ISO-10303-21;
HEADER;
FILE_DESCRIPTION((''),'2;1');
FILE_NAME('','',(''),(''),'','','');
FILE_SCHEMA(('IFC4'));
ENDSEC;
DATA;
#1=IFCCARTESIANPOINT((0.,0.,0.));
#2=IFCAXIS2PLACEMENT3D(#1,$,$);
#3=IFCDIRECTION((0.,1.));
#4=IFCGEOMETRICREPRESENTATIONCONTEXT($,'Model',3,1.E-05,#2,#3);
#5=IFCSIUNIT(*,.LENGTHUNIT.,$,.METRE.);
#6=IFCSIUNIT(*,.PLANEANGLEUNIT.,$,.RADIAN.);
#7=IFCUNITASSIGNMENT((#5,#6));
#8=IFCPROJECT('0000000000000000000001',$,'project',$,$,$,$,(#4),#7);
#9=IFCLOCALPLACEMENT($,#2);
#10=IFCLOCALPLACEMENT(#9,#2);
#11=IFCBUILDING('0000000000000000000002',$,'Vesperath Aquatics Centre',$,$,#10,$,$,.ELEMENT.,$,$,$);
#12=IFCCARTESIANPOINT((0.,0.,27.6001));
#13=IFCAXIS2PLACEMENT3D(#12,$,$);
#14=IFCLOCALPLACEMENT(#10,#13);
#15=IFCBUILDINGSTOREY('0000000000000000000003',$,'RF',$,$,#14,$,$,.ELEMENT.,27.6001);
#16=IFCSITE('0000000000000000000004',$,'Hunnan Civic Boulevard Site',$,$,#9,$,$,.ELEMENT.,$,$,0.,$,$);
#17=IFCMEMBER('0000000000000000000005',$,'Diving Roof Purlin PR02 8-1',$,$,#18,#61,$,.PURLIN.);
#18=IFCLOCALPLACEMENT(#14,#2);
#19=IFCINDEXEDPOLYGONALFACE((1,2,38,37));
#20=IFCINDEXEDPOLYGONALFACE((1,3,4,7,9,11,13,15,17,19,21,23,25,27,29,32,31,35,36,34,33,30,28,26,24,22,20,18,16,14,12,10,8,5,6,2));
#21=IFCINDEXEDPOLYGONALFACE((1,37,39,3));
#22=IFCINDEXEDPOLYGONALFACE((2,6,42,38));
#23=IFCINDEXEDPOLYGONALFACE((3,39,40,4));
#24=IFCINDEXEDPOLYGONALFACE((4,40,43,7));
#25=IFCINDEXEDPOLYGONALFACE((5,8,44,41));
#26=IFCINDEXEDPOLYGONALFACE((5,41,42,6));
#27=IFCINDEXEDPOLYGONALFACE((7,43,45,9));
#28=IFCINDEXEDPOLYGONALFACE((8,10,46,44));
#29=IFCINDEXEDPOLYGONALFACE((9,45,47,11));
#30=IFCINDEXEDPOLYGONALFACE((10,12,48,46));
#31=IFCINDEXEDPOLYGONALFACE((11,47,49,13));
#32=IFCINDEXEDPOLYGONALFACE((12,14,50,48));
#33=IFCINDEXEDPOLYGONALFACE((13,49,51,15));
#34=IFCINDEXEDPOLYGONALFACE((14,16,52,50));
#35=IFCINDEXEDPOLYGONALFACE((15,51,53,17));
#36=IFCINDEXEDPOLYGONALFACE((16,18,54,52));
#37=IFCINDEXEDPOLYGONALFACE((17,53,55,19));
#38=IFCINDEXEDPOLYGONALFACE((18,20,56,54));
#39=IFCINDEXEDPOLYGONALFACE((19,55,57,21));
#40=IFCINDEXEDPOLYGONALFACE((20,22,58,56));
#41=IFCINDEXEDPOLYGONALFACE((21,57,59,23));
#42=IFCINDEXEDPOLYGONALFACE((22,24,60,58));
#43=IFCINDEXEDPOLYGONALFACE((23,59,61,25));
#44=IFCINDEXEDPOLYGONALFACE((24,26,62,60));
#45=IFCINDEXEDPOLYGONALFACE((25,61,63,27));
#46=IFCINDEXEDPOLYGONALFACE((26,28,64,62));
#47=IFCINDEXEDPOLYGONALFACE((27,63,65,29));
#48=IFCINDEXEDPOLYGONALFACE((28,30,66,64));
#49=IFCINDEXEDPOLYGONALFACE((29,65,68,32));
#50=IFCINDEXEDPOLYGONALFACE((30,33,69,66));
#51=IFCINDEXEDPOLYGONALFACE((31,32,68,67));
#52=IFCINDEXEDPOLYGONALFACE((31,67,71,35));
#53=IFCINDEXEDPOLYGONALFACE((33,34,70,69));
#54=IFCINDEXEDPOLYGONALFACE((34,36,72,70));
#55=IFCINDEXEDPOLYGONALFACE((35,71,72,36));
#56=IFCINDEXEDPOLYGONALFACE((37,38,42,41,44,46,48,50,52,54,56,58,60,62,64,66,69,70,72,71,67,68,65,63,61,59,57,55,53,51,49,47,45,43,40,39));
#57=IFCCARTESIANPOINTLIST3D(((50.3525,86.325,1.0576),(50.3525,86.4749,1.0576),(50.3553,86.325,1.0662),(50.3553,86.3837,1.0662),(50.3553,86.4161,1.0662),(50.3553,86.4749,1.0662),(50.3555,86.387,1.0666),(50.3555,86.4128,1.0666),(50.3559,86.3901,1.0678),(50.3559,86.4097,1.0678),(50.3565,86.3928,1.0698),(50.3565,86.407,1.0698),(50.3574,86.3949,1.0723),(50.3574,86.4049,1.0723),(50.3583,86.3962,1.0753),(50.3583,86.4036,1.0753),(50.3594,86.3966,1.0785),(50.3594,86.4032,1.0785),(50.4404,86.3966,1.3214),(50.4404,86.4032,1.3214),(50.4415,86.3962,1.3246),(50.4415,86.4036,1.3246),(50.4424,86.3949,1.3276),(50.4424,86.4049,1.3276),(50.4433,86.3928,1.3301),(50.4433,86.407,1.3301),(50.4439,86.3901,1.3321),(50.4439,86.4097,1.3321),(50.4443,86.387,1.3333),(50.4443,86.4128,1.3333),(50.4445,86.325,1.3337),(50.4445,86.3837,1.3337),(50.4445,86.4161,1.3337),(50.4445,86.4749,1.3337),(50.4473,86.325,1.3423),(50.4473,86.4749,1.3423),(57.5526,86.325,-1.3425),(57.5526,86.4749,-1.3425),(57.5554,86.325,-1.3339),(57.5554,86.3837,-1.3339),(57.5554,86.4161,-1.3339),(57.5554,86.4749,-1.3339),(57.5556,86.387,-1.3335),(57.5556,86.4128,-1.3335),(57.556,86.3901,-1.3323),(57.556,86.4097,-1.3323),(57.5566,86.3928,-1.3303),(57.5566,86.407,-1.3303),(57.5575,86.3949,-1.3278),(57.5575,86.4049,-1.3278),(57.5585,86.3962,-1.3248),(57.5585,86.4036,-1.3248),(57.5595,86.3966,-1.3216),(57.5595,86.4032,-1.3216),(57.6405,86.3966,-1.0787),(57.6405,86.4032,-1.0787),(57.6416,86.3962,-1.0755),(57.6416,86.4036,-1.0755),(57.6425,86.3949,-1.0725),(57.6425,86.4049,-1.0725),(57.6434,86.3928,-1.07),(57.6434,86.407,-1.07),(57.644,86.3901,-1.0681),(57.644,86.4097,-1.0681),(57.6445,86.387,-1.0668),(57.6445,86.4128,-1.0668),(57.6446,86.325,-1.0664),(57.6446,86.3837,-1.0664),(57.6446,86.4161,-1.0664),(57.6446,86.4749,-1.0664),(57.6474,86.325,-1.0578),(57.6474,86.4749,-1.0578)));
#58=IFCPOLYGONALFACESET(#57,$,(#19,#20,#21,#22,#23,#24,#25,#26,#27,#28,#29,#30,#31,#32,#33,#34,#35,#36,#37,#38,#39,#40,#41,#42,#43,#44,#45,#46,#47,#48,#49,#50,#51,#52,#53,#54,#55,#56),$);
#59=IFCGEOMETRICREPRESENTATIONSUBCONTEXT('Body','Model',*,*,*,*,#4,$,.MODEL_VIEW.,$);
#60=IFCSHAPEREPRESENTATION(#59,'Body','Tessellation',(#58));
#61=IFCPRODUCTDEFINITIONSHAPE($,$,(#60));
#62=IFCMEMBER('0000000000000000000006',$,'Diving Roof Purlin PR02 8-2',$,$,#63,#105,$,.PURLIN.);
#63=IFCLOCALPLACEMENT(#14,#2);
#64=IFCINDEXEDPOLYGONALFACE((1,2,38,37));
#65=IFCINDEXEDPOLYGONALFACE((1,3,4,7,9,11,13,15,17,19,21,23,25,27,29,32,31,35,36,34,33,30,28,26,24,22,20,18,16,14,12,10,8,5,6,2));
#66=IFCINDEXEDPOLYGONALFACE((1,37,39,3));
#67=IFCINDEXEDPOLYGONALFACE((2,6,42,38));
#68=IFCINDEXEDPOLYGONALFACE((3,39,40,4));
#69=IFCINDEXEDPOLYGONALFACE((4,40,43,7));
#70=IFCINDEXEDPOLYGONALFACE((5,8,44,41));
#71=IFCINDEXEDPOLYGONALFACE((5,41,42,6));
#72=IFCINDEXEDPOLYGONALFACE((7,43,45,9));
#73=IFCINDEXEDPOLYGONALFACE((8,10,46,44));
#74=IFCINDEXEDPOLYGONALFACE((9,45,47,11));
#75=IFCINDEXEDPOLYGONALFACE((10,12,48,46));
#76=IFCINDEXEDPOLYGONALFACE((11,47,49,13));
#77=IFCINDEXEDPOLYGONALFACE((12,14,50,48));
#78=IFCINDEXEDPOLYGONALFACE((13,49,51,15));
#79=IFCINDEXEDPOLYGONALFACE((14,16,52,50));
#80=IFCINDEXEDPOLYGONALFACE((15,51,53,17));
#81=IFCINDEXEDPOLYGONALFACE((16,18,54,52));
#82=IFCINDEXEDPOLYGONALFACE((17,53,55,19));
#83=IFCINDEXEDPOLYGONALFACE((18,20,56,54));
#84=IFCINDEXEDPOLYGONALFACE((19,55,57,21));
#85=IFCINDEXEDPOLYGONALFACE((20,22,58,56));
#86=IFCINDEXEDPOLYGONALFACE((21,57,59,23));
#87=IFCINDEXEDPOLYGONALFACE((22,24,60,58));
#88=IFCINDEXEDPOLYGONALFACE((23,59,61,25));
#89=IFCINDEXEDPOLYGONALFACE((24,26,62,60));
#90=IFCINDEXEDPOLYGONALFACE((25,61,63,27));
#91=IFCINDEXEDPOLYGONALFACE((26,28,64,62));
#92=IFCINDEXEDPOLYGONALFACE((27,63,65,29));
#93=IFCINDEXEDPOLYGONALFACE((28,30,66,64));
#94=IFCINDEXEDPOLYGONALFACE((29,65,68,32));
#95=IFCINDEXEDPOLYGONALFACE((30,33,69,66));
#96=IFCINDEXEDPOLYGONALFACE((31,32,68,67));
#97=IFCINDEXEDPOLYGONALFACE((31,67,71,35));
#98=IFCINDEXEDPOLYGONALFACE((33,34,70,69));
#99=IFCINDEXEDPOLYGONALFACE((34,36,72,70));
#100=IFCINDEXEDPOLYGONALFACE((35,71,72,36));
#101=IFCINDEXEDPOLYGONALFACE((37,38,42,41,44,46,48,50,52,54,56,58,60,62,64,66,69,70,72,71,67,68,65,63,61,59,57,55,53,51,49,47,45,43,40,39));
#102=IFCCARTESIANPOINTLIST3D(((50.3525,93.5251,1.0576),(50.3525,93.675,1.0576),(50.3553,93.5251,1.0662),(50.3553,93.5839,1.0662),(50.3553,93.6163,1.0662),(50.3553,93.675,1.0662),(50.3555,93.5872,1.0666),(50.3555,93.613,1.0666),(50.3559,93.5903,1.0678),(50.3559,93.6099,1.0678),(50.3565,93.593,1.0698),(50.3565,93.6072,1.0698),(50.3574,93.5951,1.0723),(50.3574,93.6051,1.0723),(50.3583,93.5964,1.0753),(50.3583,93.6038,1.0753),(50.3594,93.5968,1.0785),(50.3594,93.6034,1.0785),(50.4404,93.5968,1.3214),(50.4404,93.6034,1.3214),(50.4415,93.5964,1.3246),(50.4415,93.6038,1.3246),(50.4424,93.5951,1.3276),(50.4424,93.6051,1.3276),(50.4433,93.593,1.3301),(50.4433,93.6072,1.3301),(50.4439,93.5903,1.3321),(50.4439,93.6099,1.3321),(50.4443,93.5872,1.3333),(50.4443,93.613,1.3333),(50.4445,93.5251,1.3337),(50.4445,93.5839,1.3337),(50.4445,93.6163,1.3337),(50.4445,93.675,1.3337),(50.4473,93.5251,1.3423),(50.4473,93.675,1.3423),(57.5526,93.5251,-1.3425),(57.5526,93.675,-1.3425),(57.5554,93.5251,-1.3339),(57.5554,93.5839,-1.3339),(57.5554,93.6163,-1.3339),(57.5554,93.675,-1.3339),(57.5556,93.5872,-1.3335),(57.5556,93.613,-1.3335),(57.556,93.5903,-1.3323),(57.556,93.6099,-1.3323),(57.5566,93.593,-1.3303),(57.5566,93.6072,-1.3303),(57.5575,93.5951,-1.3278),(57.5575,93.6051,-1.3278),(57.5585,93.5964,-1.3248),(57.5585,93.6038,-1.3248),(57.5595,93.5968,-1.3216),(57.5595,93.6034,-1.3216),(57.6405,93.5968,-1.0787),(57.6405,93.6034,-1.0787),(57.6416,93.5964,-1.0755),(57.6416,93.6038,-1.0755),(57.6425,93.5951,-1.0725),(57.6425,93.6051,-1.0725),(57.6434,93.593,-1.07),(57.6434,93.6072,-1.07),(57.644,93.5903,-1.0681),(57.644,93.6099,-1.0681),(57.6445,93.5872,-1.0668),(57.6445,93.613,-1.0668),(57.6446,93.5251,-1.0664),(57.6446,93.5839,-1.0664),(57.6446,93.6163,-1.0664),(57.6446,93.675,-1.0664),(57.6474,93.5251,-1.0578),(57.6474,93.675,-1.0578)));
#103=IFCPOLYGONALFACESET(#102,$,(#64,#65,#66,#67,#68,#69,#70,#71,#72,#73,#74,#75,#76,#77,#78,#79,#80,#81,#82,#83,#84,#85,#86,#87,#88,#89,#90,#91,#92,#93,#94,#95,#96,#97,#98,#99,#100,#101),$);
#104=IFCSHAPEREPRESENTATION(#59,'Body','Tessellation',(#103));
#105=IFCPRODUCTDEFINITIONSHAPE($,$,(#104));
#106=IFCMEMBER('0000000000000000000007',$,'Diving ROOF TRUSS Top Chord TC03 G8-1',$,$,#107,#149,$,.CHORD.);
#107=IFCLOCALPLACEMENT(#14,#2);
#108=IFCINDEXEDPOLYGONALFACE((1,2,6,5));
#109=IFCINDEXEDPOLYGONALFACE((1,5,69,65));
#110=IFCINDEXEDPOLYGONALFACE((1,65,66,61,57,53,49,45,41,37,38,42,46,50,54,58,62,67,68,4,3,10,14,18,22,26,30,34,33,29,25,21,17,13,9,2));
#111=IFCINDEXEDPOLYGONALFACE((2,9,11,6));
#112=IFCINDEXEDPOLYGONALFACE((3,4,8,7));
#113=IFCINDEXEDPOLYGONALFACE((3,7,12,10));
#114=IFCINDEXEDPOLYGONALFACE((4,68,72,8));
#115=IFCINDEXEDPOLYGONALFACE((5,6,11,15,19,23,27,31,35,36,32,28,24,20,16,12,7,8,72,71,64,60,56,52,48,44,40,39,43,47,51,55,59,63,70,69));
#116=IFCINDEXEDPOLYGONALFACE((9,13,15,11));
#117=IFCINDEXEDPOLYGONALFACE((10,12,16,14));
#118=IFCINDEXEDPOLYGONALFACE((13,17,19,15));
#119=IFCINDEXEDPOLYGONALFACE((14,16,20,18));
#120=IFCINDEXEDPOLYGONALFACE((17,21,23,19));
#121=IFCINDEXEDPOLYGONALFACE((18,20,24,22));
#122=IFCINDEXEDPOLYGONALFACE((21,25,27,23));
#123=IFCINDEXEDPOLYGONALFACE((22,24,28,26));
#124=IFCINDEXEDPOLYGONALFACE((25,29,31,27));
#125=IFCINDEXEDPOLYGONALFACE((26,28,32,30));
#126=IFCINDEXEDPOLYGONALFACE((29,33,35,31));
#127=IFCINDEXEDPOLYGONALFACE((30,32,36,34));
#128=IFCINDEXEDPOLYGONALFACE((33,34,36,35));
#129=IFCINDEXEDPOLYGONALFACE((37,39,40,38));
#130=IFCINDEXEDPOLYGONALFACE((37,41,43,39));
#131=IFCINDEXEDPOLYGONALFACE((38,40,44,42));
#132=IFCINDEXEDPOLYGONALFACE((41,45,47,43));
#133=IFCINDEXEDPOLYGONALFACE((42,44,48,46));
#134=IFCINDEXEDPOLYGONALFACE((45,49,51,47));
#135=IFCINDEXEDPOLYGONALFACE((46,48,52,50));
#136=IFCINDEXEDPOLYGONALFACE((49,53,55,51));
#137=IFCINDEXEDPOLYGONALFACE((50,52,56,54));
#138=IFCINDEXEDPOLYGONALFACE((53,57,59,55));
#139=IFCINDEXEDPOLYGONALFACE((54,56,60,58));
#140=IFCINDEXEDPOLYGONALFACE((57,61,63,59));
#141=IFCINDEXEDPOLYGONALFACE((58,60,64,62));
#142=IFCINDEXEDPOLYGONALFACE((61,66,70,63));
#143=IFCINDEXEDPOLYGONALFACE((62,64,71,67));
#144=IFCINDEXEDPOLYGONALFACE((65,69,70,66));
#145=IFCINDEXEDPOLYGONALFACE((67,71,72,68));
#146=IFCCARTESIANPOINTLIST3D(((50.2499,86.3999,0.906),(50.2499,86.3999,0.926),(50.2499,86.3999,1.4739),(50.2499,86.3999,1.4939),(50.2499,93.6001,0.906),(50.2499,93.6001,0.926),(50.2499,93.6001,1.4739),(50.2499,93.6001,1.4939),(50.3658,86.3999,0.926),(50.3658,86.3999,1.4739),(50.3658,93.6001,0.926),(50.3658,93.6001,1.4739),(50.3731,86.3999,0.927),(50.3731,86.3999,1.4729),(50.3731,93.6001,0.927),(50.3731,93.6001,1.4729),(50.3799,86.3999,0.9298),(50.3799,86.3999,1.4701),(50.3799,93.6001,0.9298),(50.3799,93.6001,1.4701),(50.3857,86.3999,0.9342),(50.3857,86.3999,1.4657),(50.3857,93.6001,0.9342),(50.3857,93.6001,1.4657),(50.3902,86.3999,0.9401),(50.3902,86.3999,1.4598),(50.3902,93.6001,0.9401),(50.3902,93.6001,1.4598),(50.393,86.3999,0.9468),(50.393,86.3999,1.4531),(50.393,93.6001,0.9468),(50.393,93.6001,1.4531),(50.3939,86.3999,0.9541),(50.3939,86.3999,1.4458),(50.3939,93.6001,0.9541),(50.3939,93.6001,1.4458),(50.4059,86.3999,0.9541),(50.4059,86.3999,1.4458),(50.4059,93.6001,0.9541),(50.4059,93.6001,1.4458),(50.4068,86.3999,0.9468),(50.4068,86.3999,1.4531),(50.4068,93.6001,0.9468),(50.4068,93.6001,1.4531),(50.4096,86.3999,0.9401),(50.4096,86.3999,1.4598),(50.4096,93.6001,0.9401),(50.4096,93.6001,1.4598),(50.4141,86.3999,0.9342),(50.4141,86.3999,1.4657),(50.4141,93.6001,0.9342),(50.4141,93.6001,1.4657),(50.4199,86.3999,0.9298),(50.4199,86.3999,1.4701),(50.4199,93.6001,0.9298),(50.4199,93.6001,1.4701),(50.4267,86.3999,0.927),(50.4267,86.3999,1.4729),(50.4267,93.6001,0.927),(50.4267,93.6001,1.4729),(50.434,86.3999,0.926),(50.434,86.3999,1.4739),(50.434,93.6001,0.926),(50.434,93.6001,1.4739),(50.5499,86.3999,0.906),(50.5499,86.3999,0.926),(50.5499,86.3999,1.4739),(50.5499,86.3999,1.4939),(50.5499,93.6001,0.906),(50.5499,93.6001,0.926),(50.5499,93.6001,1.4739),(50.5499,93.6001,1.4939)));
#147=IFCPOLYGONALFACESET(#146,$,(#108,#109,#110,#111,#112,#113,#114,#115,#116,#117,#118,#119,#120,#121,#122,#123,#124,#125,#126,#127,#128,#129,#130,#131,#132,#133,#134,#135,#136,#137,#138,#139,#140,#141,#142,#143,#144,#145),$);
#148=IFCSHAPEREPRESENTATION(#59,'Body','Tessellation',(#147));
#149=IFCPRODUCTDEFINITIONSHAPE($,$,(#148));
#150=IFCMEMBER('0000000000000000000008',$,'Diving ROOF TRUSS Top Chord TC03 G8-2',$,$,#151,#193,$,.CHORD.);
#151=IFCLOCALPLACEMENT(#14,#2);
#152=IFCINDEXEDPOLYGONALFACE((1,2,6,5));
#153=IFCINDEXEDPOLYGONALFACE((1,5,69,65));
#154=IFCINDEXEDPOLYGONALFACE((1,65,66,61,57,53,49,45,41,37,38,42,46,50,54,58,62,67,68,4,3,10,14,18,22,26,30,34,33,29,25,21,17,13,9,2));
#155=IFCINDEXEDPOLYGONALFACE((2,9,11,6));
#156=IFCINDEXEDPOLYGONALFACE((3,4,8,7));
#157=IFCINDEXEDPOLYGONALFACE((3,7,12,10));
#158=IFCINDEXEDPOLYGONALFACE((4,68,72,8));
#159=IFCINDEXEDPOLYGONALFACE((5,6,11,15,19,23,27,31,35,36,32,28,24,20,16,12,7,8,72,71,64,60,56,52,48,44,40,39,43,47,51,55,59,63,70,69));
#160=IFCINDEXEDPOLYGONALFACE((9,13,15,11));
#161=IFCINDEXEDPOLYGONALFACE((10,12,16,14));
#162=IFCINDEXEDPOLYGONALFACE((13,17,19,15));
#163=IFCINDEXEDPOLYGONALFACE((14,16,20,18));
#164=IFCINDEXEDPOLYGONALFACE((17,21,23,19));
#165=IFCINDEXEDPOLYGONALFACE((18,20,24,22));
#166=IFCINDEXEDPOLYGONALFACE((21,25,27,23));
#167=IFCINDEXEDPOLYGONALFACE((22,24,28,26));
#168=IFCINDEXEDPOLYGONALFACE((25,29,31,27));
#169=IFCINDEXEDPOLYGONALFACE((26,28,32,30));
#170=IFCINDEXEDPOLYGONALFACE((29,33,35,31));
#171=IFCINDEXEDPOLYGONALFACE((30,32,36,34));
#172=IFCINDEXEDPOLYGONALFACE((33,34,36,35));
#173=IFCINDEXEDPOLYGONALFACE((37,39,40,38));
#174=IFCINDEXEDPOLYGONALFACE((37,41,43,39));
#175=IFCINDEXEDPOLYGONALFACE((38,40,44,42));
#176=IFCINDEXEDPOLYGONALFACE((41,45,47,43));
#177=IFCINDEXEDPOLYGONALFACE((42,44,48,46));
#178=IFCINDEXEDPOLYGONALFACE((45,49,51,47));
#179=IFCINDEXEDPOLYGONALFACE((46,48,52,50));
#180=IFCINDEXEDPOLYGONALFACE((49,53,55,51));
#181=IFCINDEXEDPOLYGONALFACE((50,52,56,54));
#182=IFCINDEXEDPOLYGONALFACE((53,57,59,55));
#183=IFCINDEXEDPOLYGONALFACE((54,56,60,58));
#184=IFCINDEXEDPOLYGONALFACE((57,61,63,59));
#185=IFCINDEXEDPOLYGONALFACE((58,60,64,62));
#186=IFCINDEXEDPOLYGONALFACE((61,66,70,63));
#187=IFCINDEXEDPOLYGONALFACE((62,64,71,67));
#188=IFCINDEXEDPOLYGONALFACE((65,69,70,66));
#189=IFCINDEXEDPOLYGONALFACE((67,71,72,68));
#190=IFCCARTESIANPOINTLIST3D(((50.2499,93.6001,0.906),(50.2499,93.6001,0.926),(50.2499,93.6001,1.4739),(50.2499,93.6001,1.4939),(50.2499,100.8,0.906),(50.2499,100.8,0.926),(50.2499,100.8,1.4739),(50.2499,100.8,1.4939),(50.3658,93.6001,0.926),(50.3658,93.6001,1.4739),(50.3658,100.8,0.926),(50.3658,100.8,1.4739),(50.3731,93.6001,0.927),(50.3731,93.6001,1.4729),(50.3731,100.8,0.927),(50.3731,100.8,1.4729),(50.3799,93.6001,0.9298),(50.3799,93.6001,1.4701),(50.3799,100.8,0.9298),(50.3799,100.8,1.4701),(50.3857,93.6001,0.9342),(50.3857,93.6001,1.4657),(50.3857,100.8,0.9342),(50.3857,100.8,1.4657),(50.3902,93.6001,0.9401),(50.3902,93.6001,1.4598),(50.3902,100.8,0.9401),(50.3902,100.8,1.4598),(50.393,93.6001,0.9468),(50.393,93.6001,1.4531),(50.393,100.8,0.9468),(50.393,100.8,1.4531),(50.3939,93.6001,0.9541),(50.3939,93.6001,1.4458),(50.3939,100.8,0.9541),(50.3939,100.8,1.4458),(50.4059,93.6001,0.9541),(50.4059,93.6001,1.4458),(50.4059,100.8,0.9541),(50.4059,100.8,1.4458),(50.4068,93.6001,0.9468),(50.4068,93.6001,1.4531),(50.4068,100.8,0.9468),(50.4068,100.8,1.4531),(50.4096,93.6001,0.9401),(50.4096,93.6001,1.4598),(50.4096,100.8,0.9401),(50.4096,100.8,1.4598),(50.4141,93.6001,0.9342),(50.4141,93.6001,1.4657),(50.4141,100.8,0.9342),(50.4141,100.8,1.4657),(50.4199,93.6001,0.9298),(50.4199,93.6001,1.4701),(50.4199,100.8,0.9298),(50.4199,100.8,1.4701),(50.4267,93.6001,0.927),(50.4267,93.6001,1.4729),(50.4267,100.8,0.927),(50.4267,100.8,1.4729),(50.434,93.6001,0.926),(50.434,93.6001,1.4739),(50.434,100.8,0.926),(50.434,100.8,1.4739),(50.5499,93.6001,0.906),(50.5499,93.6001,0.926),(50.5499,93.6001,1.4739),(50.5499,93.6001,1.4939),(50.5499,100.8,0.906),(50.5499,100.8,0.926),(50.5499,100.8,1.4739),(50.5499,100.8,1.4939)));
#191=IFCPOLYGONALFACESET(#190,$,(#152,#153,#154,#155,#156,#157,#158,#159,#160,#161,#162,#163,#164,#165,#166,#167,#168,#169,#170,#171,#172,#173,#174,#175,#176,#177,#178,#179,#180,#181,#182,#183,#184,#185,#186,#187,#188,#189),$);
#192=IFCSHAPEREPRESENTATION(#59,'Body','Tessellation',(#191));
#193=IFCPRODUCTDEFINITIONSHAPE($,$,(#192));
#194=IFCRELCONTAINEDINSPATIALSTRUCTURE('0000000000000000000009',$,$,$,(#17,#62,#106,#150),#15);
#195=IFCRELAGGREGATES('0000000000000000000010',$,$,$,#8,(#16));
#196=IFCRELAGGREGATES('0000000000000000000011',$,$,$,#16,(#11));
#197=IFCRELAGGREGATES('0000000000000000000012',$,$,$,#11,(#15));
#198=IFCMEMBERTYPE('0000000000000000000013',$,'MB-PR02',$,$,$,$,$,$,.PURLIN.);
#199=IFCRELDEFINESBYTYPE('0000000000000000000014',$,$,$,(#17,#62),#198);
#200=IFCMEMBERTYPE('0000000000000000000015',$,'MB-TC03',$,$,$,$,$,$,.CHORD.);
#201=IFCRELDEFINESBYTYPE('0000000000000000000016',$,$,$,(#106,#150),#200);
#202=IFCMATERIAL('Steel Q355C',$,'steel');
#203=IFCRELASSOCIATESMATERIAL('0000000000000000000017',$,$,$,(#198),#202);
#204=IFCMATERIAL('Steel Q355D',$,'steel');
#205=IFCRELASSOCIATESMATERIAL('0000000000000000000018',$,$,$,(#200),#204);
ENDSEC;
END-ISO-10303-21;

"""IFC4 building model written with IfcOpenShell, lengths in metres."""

from ifc_helpers import new_model, si_unit, direction, frame, origin, origin_2d, place, context, subcontext, project, spatial, i_section, extrude, material, material_profile, profile_set, type_object, element, save


model = new_model("IFC4")

# Units and contexts
model_context = context("Model", 3, precision=1e-05, world=origin(), true_north=direction((0.0, 1.0)))
body_context = subcontext(model_context, "Body", "Model", "MODEL_VIEW")
ifc_project = project(units=[si_unit("LENGTHUNIT", "METRE"), si_unit("PLANEANGLEUNIT", "RADIAN")], contexts=[model_context])

# Site, building, storey
site_placement = place(None, origin())
site = spatial("IfcSite", under=ifc_project, at=site_placement, Name="Hunnan Civic Boulevard Site", CompositionType="ELEMENT", RefElevation=0.0)
building_placement = place(site_placement, origin())
building = spatial("IfcBuilding", under=site, at=building_placement, Name="Vesperath Aquatics Centre", CompositionType="ELEMENT")
storey_placement = place(building_placement, frame((0.0, 0.0, 27.6001)))
storey = spatial("IfcBuildingStorey", under=building, at=storey_placement, Name="RF", CompositionType="ELEMENT", Elevation=27.6001)

# Shared definitions
ifc_material_1 = material(Name="Steel Q355C", Category="steel")

# Members
ifc_material_2 = material(Name="Steel Q355D", Category="steel")
ifc_material_profile_1 = material_profile(ifc_material_1, i_section(OverallWidth=0.1499, OverallDepth=0.3, WebThickness=0.0066, FlangeThickness=0.009, FilletRadius=0.0129, at=origin_2d()), Name="HN 300x150x6.5x9")
ifc_profile_set_1 = profile_set([ifc_material_profile_1], Name="Steel Q355C")
member_type_1 = type_object("IfcMemberType", Name="MB-PR02", PredefinedType="PURLIN", material=ifc_profile_set_1)
for number, where, z_axis, x_axis, name in (
    (1, (50.3999, 86.3999, 1.2), (0.94868, 0.0, -0.316237), (0.0, 1.0, 0.0), "Diving Roof Purlin PR02 8-1"),
    (2, (50.3999, 93.6001, 1.2), (0.94868, 0.0, -0.316237), (0.0, 1.0, 0.0), "Diving Roof Purlin PR02 8-2"),
):
    element("IfcMember", number, at=place(storey_placement, frame(where, z_axis=z_axis, x_axis=x_axis)), inside=storey, type_object=member_type_1, Name=name, PredefinedType="PURLIN", context=body_context, shape_type="SweptSolid", body=[
        extrude(i_section(OverallWidth=0.1499, OverallDepth=0.3, WebThickness=0.0066, FlangeThickness=0.009, FilletRadius=0.0129, at=origin_2d()), origin(), (0.0, 0.0, 1.0), 7.5896),
    ])
ifc_material_profile_2 = material_profile(ifc_material_2, i_section(OverallWidth=0.3, OverallDepth=0.5879, WebThickness=0.012, FlangeThickness=0.02, FilletRadius=0.0281, at=origin_2d()), Name="HM 588x300x12x20")
ifc_profile_set_2 = profile_set([ifc_material_profile_2], Name="Steel Q355D")
member_type_2 = type_object("IfcMemberType", Name="MB-TC03", PredefinedType="CHORD", material=ifc_profile_set_2)
member_1_placement = place(storey_placement, frame((50.3999, 86.3999, 1.2), z_axis=(0.0, 1.0, 0.0), x_axis=(-1.0, 0.0, 0.0)))
element("IfcMember", 3, at=member_1_placement, inside=storey, type_object=member_type_2, Name="Diving ROOF TRUSS Top Chord TC03 G8-1", PredefinedType="CHORD", context=body_context, shape_type="SweptSolid", body=[
    extrude(i_section(OverallWidth=0.3, OverallDepth=0.5879, WebThickness=0.012, FlangeThickness=0.02, FilletRadius=0.0281, at=origin_2d()), origin(), (0.0, 0.0, 1.0), 7.2002),
])
member_2_placement = place(storey_placement, frame((50.3999, 93.6001, 1.2), z_axis=(0.0, 1.0, 0.0), x_axis=(-1.0, 0.0, 0.0)))
element("IfcMember", 4, at=member_2_placement, inside=storey, type_object=member_type_2, Name="Diving ROOF TRUSS Top Chord TC03 G8-2", PredefinedType="CHORD", context=body_context, shape_type="SweptSolid", body=[
    extrude(i_section(OverallWidth=0.3, OverallDepth=0.5879, WebThickness=0.012, FlangeThickness=0.02, FilletRadius=0.0281, at=origin_2d()), origin(), (0.0, 0.0, 1.0), 7.2),
])

save(model, "model.ifc")
